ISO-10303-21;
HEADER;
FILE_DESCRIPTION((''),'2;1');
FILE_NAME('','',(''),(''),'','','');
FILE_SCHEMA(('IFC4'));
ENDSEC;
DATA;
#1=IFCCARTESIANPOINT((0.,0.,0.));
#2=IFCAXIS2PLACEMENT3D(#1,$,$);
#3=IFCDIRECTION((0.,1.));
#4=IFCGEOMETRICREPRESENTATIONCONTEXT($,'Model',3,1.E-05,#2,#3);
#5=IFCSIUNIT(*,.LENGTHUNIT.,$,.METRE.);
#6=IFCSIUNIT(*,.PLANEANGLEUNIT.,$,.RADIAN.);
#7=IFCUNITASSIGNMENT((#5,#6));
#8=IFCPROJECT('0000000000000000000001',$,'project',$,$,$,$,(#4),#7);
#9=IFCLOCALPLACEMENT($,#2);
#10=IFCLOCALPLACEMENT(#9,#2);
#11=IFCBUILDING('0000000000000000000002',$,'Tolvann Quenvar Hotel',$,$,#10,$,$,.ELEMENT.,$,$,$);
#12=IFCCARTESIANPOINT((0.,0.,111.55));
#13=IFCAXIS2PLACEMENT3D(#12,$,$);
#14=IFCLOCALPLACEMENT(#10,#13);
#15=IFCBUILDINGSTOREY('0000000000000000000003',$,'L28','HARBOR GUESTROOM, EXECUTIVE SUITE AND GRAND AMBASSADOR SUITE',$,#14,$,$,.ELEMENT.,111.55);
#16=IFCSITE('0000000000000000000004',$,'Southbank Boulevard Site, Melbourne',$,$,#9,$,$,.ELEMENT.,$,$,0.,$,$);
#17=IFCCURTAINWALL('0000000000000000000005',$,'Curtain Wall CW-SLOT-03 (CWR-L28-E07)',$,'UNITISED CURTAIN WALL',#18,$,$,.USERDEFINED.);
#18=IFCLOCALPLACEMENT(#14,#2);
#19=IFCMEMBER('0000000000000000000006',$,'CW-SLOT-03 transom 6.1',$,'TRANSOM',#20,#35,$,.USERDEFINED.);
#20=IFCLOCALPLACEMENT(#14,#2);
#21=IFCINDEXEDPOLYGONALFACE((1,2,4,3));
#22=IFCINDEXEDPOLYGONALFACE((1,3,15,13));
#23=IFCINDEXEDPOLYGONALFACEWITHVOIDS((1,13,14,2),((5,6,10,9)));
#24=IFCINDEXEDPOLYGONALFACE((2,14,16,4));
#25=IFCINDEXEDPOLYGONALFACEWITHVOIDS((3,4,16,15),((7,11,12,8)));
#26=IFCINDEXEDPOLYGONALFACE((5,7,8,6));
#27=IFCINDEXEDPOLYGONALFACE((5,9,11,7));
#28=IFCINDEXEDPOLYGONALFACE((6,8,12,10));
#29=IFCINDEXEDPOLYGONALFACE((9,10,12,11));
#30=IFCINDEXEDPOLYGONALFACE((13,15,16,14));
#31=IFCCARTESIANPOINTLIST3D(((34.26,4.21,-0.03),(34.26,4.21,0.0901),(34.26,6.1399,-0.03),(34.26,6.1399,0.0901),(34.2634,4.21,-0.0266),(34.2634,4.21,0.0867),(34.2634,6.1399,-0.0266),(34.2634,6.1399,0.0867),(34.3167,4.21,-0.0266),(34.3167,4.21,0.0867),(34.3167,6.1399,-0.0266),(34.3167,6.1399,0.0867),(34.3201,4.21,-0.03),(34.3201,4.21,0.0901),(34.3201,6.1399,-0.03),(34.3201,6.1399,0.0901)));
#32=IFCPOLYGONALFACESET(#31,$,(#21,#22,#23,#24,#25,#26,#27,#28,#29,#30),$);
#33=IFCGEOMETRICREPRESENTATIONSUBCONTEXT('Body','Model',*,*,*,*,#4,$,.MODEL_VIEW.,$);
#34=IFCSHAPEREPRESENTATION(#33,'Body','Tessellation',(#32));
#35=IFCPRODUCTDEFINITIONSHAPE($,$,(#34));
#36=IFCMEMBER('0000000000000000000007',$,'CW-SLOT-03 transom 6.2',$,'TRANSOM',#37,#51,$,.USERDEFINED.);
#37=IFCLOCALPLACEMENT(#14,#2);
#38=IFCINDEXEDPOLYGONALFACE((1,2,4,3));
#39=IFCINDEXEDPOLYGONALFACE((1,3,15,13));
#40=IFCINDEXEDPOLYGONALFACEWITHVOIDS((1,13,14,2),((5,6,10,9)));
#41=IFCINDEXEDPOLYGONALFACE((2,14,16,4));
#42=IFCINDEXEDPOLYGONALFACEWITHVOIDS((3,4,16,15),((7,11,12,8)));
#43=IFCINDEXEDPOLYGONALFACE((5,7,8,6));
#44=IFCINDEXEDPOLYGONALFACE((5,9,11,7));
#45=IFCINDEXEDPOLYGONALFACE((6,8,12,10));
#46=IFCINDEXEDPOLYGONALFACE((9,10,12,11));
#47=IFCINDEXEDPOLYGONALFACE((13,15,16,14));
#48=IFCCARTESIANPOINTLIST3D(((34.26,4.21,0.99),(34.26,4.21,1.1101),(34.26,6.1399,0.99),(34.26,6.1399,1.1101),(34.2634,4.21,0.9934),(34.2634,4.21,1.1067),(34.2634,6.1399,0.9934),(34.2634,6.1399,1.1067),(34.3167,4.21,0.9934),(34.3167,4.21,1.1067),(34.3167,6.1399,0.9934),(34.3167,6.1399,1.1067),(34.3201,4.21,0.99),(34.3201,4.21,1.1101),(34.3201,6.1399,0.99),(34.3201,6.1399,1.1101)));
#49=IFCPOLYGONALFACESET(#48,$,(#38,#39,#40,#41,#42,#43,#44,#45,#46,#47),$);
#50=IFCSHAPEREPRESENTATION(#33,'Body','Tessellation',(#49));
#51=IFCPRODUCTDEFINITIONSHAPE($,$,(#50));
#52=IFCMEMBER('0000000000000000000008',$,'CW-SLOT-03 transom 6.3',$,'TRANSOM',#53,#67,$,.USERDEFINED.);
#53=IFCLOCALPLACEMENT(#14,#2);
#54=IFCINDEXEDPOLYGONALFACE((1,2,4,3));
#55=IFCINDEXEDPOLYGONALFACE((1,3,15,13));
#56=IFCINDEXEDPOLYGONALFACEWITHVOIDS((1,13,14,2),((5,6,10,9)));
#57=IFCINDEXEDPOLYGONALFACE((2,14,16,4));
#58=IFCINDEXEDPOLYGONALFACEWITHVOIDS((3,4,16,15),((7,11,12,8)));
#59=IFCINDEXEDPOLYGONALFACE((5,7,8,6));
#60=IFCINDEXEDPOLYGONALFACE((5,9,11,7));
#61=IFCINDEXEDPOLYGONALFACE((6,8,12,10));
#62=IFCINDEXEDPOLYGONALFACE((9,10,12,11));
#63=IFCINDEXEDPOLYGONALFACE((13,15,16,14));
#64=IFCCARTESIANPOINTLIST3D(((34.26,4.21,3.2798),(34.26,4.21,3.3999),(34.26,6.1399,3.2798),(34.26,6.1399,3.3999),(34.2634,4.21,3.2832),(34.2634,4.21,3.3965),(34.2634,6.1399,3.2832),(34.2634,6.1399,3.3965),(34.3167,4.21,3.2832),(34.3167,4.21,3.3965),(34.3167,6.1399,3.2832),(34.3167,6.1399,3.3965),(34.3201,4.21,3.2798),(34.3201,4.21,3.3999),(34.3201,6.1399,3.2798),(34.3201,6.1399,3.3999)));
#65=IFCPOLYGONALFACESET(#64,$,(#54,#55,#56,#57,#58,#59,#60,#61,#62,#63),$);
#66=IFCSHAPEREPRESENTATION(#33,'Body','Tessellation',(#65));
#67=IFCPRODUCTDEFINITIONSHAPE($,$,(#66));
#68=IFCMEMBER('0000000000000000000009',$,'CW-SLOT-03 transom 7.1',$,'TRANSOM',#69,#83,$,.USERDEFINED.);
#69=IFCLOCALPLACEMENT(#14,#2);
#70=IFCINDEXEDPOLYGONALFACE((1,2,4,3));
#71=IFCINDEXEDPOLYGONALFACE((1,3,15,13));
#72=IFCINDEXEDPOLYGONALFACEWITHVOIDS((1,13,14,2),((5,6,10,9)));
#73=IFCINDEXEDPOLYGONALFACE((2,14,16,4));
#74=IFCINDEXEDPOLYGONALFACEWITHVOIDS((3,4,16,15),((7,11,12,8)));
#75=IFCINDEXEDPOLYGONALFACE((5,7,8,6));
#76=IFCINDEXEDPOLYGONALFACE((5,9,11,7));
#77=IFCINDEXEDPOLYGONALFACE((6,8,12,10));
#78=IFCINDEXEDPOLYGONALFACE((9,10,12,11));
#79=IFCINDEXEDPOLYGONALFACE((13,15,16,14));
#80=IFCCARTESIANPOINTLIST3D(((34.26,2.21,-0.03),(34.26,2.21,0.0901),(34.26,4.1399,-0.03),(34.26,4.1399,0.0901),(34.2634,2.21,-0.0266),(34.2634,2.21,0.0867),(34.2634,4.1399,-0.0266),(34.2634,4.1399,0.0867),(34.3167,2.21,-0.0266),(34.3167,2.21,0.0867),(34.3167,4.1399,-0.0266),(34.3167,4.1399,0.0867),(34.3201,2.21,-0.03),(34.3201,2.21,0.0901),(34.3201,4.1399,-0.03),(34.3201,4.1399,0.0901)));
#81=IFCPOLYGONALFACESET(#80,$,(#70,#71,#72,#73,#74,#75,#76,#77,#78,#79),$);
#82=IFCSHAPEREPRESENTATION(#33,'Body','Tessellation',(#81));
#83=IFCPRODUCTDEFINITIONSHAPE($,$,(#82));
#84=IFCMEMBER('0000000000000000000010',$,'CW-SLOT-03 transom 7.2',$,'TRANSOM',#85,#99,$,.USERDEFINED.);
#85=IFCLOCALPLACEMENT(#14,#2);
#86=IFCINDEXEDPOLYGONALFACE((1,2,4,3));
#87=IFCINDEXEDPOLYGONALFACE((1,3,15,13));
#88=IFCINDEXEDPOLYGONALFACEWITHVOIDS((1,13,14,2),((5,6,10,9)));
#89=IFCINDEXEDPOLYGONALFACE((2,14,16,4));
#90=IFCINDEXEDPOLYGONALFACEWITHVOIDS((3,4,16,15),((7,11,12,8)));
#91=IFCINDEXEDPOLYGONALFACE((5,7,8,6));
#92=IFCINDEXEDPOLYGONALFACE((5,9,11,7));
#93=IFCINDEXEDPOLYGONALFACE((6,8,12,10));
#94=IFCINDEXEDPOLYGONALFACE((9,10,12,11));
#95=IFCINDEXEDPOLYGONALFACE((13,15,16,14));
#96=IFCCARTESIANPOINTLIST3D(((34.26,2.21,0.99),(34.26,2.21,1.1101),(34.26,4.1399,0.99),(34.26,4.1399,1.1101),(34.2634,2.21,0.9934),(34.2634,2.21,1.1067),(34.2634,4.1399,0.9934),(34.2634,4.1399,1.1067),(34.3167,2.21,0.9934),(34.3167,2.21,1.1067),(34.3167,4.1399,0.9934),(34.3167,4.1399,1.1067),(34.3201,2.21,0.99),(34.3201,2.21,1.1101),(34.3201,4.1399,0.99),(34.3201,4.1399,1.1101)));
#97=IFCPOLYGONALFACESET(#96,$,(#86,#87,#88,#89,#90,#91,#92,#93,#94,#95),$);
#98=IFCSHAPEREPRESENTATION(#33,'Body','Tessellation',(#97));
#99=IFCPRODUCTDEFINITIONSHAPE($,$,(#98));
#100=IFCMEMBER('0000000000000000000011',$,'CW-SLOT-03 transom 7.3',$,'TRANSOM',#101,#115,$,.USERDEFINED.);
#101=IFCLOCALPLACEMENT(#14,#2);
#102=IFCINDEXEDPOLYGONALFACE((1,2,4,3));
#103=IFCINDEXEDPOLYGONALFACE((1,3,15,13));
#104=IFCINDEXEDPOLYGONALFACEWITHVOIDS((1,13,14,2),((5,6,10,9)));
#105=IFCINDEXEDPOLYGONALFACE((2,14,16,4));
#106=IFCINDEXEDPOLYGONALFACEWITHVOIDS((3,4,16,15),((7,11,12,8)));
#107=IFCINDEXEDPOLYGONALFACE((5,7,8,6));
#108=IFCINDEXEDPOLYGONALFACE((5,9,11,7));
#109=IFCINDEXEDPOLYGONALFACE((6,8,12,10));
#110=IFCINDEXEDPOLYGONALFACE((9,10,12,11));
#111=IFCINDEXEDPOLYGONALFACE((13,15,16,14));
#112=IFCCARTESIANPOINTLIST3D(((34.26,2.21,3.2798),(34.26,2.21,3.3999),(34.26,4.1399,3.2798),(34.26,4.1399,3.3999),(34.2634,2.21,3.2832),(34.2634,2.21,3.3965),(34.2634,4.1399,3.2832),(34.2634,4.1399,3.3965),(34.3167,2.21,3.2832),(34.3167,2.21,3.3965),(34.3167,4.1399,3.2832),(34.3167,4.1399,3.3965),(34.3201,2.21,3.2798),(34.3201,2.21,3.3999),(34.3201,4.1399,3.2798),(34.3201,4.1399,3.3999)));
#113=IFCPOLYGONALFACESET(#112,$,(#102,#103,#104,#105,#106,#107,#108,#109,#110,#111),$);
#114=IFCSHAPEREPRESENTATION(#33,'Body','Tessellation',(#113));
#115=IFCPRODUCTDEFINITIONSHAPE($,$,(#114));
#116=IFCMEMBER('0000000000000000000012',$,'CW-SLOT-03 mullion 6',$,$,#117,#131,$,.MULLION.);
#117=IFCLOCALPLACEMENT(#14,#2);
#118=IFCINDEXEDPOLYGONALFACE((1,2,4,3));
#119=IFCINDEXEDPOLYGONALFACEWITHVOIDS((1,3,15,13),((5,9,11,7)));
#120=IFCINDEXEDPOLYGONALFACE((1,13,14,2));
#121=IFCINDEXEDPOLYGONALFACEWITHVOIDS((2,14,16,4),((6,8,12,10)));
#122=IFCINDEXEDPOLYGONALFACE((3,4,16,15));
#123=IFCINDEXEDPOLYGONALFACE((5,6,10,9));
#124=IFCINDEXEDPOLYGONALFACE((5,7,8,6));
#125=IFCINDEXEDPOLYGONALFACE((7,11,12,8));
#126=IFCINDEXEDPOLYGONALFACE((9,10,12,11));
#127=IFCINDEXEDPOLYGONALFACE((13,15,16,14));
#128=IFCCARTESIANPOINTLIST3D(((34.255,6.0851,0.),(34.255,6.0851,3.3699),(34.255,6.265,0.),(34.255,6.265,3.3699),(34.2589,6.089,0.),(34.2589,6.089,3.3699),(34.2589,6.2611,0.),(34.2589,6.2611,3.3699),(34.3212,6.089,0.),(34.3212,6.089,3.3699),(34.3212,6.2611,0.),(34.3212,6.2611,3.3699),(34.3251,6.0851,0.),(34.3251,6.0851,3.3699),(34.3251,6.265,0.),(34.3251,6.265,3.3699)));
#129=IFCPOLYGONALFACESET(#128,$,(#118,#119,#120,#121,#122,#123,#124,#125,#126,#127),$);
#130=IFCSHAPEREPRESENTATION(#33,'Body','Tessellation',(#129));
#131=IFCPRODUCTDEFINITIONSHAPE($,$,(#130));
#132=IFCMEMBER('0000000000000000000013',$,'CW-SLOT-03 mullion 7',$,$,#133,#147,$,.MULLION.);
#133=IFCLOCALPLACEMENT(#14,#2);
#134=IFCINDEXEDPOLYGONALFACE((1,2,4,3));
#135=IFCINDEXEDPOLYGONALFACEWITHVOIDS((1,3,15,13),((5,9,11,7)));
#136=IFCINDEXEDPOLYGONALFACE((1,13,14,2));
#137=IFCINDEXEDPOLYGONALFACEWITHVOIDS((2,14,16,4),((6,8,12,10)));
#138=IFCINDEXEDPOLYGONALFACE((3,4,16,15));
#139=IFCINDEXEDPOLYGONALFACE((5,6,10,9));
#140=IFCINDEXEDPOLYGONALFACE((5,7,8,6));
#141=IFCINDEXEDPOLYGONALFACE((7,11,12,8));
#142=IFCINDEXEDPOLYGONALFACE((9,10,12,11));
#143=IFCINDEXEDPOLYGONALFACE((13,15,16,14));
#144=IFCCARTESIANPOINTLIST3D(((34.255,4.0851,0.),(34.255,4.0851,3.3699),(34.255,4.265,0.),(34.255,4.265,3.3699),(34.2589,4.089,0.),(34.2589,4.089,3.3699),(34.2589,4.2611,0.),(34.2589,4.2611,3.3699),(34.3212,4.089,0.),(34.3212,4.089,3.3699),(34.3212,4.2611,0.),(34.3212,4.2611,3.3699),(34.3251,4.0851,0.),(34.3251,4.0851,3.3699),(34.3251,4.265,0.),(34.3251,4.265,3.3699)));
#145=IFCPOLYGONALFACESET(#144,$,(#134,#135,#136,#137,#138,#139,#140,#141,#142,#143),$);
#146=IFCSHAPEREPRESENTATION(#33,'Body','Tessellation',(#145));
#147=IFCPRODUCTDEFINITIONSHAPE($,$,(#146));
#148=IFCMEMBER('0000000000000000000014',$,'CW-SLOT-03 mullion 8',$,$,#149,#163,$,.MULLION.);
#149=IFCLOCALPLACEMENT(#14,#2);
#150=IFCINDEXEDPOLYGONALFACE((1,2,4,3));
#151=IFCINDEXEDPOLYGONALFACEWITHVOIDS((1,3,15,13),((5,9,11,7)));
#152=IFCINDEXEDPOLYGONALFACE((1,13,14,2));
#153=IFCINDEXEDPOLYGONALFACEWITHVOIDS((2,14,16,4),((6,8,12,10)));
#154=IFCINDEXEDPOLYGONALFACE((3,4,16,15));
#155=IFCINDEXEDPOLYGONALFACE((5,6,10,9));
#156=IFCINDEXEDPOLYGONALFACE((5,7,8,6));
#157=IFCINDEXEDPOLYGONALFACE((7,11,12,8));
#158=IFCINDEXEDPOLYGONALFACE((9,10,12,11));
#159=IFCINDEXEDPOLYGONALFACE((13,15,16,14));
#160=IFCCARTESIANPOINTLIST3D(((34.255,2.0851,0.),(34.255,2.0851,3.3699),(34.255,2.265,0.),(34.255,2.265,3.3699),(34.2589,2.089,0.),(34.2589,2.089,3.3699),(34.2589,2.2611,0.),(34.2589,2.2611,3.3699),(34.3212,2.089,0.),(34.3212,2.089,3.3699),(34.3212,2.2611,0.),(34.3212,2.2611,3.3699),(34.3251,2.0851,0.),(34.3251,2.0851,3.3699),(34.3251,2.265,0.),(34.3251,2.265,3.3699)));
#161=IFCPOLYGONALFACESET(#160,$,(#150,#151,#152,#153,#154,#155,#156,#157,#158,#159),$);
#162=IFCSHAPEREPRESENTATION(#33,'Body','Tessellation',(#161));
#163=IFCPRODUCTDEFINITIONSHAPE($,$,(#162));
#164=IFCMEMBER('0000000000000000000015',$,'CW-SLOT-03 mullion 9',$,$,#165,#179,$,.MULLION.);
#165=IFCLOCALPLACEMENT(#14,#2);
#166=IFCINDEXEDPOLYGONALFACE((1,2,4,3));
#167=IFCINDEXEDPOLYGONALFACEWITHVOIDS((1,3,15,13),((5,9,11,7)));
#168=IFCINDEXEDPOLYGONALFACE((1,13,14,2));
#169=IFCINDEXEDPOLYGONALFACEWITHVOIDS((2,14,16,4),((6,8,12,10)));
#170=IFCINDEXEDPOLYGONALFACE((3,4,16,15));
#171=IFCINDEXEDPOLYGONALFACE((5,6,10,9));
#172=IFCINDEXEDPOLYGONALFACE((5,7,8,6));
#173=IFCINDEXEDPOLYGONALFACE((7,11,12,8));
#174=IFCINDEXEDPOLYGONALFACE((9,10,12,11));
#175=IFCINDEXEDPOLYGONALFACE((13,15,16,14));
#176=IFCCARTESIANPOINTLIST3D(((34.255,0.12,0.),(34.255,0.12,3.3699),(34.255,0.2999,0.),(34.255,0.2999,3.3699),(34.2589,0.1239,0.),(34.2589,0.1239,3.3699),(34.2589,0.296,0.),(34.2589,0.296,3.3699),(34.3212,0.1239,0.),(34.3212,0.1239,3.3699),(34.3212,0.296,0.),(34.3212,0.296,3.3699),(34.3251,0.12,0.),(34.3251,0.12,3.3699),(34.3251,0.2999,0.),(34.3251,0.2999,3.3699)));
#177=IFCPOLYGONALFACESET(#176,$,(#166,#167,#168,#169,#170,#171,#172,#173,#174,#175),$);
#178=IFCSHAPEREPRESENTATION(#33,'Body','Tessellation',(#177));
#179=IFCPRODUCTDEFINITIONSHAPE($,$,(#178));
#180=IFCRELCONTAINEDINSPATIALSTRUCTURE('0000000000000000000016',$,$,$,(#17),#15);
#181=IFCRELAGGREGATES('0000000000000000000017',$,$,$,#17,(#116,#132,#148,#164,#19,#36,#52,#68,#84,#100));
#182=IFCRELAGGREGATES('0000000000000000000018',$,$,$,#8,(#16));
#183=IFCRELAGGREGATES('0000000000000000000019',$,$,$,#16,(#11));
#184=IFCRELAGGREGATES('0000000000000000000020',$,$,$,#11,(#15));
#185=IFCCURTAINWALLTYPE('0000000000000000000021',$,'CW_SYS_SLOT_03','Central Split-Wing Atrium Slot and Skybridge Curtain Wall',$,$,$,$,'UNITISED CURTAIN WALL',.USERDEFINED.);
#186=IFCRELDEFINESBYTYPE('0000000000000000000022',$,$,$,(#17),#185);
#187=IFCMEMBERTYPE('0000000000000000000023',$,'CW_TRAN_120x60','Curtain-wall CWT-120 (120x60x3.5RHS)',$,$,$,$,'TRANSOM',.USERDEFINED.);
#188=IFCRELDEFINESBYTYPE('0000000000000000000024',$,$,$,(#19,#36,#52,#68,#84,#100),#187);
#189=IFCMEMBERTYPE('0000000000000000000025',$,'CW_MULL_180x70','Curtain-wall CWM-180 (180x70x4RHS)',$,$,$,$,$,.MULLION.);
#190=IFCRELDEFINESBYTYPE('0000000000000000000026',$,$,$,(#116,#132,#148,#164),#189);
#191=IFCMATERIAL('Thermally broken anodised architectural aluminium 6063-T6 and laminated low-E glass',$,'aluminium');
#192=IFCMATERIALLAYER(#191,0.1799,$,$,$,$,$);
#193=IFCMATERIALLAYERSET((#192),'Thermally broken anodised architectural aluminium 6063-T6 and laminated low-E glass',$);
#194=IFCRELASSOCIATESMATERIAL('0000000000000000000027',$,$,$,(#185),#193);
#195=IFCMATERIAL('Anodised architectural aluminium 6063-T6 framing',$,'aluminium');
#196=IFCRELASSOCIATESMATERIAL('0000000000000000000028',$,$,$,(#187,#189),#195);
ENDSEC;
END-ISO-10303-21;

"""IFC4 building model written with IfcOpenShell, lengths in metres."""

from ifc_helpers import new_model, si_unit, direction, frame, origin, origin_2d, place, context, subcontext, project, spatial, hollow_rectangle, extrude, source, transform, mapped, material, layer, layer_set, material_profile, profile_set, type_object, type_shapes, element, aggregate, save


model = new_model("IFC4")

# Units and contexts
model_context = context("Model", 3, precision=1e-05, world=origin(), true_north=direction((0.0, 1.0)))
body_context = subcontext(model_context, "Body", "Model", "MODEL_VIEW")
ifc_project = project(units=[si_unit("LENGTHUNIT", "METRE"), si_unit("PLANEANGLEUNIT", "RADIAN")], contexts=[model_context])

# Site, building, storey
site_placement = place(None, origin())
site = spatial("IfcSite", under=ifc_project, at=site_placement, Name="Southbank Boulevard Site, Melbourne", CompositionType="ELEMENT", RefElevation=0.0)
building_placement = place(site_placement, origin())
building = spatial("IfcBuilding", under=site, at=building_placement, Name="Tolvann Quenvar Hotel", CompositionType="ELEMENT")
storey_placement = place(building_placement, frame((0.0, 0.0, 111.55)))
storey = spatial("IfcBuildingStorey", under=building, at=storey_placement, Name="L28", Description="HARBOR GUESTROOM, EXECUTIVE SUITE AND GRAND AMBASSADOR SUITE", CompositionType="ELEMENT", Elevation=111.55)

# Curtain wall, members
ifc_material_1 = material(Name="Thermally broken anodised architectural aluminium 6063-T6 and laminated low-E glass", Category="aluminium")
ifc_layer_1 = layer(ifc_material_1, 0.1799)
ifc_layer_set_1 = layer_set([ifc_layer_1], Name="Thermally broken anodised architectural aluminium 6063-T6 and laminated low-E glass")
curtain_wall_type = type_object("IfcCurtainWallType", Name="CW_SYS_SLOT_03", Description="Central Split-Wing Atrium Slot and Skybridge Curtain Wall", ElementType="UNITISED CURTAIN WALL", PredefinedType="USERDEFINED", material=ifc_layer_set_1)
curtain_wall_placement = place(storey_placement, origin())
curtain_wall = element("IfcCurtainWall", 1, at=curtain_wall_placement, inside=storey, type_object=curtain_wall_type, Name="Curtain Wall CW-SLOT-03 (CWR-L28-E07)", ObjectType="UNITISED CURTAIN WALL", PredefinedType="USERDEFINED")
ifc_material_2 = material(Name="Anodised architectural aluminium 6063-T6 framing", Category="aluminium")
ifc_material_profile_1 = material_profile(ifc_material_2, hollow_rectangle(XDim=0.0601, YDim=0.1201, WallThickness=0.0034, at=origin_2d()), Name="120x60x3.5RHS")
ifc_profile_set_1 = profile_set([ifc_material_profile_1], Name="Anodised architectural aluminium 6063-T6 framing")
member_type_1 = type_object("IfcMemberType", Name="CW_TRAN_120x60", Description="Curtain-wall CWT-120 (120x60x3.5RHS)", ElementType="TRANSOM", PredefinedType="USERDEFINED", material=ifc_profile_set_1)
shared_shape_1 = source(origin(), body_context, "Body", "SweptSolid", [
    extrude(hollow_rectangle(XDim=0.0601, YDim=0.1201, WallThickness=0.0034, at=origin_2d()), origin(), (0.0, 0.0, 1.0), 1.9299),
])
member_1_placement = place(storey_placement, frame((34.29, 6.1399, 0.03), z_axis=(0.0, -1.0, 0.0), x_axis=(1.0, 0.0, 0.0)))
member_1 = element("IfcMember", 2, at=member_1_placement, type_object=member_type_1, Name="CW-SLOT-03 transom 6.1", ObjectType="TRANSOM", PredefinedType="USERDEFINED", context=body_context, shape_type="MappedRepresentation", body=[
    mapped(shared_shape_1, transform((0.0, 0.0, 0.0), x_axis=(1.0, 0.0, 0.0), y_axis=(0.0, 1.0, 0.0), z_axis=(0.0, 0.0, 1.0), scale=1.0)),
])
member_2_placement = place(storey_placement, frame((34.29, 6.1399, 1.05), z_axis=(0.0, -1.0, 0.0), x_axis=(1.0, 0.0, 0.0)))
member_2 = element("IfcMember", 3, at=member_2_placement, type_object=member_type_1, Name="CW-SLOT-03 transom 6.2", ObjectType="TRANSOM", PredefinedType="USERDEFINED", context=body_context, shape_type="MappedRepresentation", body=[
    mapped(shared_shape_1, transform((0.0, 0.0, 0.0), x_axis=(1.0, 0.0, 0.0), y_axis=(0.0, 1.0, 0.0), z_axis=(0.0, 0.0, 1.0), scale=1.0)),
])
member_3_placement = place(storey_placement, frame((34.29, 6.1399, 3.3398), z_axis=(0.0, -1.0, 0.0), x_axis=(1.0, 0.0, 0.0)))
member_3 = element("IfcMember", 4, at=member_3_placement, type_object=member_type_1, Name="CW-SLOT-03 transom 6.3", ObjectType="TRANSOM", PredefinedType="USERDEFINED", context=body_context, shape_type="MappedRepresentation", body=[
    mapped(shared_shape_1, transform((0.0, 0.0, 0.0), x_axis=(1.0, 0.0, 0.0), y_axis=(0.0, 1.0, 0.0), z_axis=(0.0, 0.0, 1.0), scale=1.0)),
])
member_4_placement = place(storey_placement, frame((34.29, 4.1399, 0.03), z_axis=(0.0, -1.0, 0.0), x_axis=(1.0, 0.0, 0.0)))
member_4 = element("IfcMember", 5, at=member_4_placement, type_object=member_type_1, Name="CW-SLOT-03 transom 7.1", ObjectType="TRANSOM", PredefinedType="USERDEFINED", context=body_context, shape_type="MappedRepresentation", body=[
    mapped(shared_shape_1, transform((0.0, 0.0, 0.0), x_axis=(1.0, 0.0, 0.0), y_axis=(0.0, 1.0, 0.0), z_axis=(0.0, 0.0, 1.0), scale=1.0)),
])
member_5_placement = place(storey_placement, frame((34.29, 4.1399, 1.05), z_axis=(0.0, -1.0, 0.0), x_axis=(1.0, 0.0, 0.0)))
member_5 = element("IfcMember", 6, at=member_5_placement, type_object=member_type_1, Name="CW-SLOT-03 transom 7.2", ObjectType="TRANSOM", PredefinedType="USERDEFINED", context=body_context, shape_type="MappedRepresentation", body=[
    mapped(shared_shape_1, transform((0.0, 0.0, 0.0), x_axis=(1.0, 0.0, 0.0), y_axis=(0.0, 1.0, 0.0), z_axis=(0.0, 0.0, 1.0), scale=1.0)),
])
member_6_placement = place(storey_placement, frame((34.29, 4.1399, 3.3398), z_axis=(0.0, -1.0, 0.0), x_axis=(1.0, 0.0, 0.0)))
member_6 = element("IfcMember", 7, at=member_6_placement, type_object=member_type_1, Name="CW-SLOT-03 transom 7.3", ObjectType="TRANSOM", PredefinedType="USERDEFINED", context=body_context, shape_type="MappedRepresentation", body=[
    mapped(shared_shape_1, transform((0.0, 0.0, 0.0), x_axis=(1.0, 0.0, 0.0), y_axis=(0.0, 1.0, 0.0), z_axis=(0.0, 0.0, 1.0), scale=1.0)),
])
ifc_material_profile_2 = material_profile(ifc_material_2, hollow_rectangle(XDim=0.0701, YDim=0.1799, WallThickness=0.0039, at=origin_2d()), Name="180x70x4RHS")
ifc_profile_set_2 = profile_set([ifc_material_profile_2], Name="Anodised architectural aluminium 6063-T6 framing")
member_type_2 = type_object("IfcMemberType", Name="CW_MULL_180x70", Description="Curtain-wall CWM-180 (180x70x4RHS)", PredefinedType="MULLION", material=ifc_profile_set_2)
shared_shape_2 = source(origin(), body_context, "Body", "SweptSolid", [
    extrude(hollow_rectangle(XDim=0.0701, YDim=0.1799, WallThickness=0.0039, at=origin_2d()), origin(), (0.0, 0.0, 1.0), 3.3699),
])
type_shapes(member_type_2, [shared_shape_2])
member_7_placement = place(storey_placement, frame((34.29, 6.175, 0.0), z_axis=(0.0, 0.0, 1.0), x_axis=(1.0, 0.0, 0.0)))
member_7 = element("IfcMember", 8, at=member_7_placement, type_object=member_type_2, Name="CW-SLOT-03 mullion 6", PredefinedType="MULLION", context=body_context, shape_type="MappedRepresentation", body=[
    mapped(shared_shape_2, transform((0.0, 0.0, 0.0), x_axis=(1.0, 0.0, 0.0), y_axis=(0.0, 1.0, 0.0), z_axis=(0.0, 0.0, 1.0), scale=1.0)),
])
member_8_placement = place(storey_placement, frame((34.29, 4.175, 0.0), z_axis=(0.0, 0.0, 1.0), x_axis=(1.0, 0.0, 0.0)))
member_8 = element("IfcMember", 9, at=member_8_placement, type_object=member_type_2, Name="CW-SLOT-03 mullion 7", PredefinedType="MULLION", context=body_context, shape_type="MappedRepresentation", body=[
    mapped(shared_shape_2, transform((0.0, 0.0, 0.0), x_axis=(1.0, 0.0, 0.0), y_axis=(0.0, 1.0, 0.0), z_axis=(0.0, 0.0, 1.0), scale=1.0)),
])
member_9_placement = place(storey_placement, frame((34.29, 2.175, 0.0), z_axis=(0.0, 0.0, 1.0), x_axis=(1.0, 0.0, 0.0)))
member_9 = element("IfcMember", 10, at=member_9_placement, type_object=member_type_2, Name="CW-SLOT-03 mullion 8", PredefinedType="MULLION", context=body_context, shape_type="MappedRepresentation", body=[
    mapped(shared_shape_2, transform((0.0, 0.0, 0.0), x_axis=(1.0, 0.0, 0.0), y_axis=(0.0, 1.0, 0.0), z_axis=(0.0, 0.0, 1.0), scale=1.0)),
])
member_10_placement = place(storey_placement, frame((34.29, 0.21, 0.0), z_axis=(0.0, 0.0, 1.0), x_axis=(1.0, 0.0, 0.0)))
member_10 = element("IfcMember", 11, at=member_10_placement, type_object=member_type_2, Name="CW-SLOT-03 mullion 9", PredefinedType="MULLION", context=body_context, shape_type="MappedRepresentation", body=[
    mapped(shared_shape_2, transform((0.0, 0.0, 0.0), x_axis=(1.0, 0.0, 0.0), y_axis=(0.0, 1.0, 0.0), z_axis=(0.0, 0.0, 1.0), scale=1.0)),
])
aggregate(curtain_wall, [member_7, member_8, member_9, member_10, member_1, member_2, member_3, member_4, member_5, member_6])

save(model, "model.ifc")
